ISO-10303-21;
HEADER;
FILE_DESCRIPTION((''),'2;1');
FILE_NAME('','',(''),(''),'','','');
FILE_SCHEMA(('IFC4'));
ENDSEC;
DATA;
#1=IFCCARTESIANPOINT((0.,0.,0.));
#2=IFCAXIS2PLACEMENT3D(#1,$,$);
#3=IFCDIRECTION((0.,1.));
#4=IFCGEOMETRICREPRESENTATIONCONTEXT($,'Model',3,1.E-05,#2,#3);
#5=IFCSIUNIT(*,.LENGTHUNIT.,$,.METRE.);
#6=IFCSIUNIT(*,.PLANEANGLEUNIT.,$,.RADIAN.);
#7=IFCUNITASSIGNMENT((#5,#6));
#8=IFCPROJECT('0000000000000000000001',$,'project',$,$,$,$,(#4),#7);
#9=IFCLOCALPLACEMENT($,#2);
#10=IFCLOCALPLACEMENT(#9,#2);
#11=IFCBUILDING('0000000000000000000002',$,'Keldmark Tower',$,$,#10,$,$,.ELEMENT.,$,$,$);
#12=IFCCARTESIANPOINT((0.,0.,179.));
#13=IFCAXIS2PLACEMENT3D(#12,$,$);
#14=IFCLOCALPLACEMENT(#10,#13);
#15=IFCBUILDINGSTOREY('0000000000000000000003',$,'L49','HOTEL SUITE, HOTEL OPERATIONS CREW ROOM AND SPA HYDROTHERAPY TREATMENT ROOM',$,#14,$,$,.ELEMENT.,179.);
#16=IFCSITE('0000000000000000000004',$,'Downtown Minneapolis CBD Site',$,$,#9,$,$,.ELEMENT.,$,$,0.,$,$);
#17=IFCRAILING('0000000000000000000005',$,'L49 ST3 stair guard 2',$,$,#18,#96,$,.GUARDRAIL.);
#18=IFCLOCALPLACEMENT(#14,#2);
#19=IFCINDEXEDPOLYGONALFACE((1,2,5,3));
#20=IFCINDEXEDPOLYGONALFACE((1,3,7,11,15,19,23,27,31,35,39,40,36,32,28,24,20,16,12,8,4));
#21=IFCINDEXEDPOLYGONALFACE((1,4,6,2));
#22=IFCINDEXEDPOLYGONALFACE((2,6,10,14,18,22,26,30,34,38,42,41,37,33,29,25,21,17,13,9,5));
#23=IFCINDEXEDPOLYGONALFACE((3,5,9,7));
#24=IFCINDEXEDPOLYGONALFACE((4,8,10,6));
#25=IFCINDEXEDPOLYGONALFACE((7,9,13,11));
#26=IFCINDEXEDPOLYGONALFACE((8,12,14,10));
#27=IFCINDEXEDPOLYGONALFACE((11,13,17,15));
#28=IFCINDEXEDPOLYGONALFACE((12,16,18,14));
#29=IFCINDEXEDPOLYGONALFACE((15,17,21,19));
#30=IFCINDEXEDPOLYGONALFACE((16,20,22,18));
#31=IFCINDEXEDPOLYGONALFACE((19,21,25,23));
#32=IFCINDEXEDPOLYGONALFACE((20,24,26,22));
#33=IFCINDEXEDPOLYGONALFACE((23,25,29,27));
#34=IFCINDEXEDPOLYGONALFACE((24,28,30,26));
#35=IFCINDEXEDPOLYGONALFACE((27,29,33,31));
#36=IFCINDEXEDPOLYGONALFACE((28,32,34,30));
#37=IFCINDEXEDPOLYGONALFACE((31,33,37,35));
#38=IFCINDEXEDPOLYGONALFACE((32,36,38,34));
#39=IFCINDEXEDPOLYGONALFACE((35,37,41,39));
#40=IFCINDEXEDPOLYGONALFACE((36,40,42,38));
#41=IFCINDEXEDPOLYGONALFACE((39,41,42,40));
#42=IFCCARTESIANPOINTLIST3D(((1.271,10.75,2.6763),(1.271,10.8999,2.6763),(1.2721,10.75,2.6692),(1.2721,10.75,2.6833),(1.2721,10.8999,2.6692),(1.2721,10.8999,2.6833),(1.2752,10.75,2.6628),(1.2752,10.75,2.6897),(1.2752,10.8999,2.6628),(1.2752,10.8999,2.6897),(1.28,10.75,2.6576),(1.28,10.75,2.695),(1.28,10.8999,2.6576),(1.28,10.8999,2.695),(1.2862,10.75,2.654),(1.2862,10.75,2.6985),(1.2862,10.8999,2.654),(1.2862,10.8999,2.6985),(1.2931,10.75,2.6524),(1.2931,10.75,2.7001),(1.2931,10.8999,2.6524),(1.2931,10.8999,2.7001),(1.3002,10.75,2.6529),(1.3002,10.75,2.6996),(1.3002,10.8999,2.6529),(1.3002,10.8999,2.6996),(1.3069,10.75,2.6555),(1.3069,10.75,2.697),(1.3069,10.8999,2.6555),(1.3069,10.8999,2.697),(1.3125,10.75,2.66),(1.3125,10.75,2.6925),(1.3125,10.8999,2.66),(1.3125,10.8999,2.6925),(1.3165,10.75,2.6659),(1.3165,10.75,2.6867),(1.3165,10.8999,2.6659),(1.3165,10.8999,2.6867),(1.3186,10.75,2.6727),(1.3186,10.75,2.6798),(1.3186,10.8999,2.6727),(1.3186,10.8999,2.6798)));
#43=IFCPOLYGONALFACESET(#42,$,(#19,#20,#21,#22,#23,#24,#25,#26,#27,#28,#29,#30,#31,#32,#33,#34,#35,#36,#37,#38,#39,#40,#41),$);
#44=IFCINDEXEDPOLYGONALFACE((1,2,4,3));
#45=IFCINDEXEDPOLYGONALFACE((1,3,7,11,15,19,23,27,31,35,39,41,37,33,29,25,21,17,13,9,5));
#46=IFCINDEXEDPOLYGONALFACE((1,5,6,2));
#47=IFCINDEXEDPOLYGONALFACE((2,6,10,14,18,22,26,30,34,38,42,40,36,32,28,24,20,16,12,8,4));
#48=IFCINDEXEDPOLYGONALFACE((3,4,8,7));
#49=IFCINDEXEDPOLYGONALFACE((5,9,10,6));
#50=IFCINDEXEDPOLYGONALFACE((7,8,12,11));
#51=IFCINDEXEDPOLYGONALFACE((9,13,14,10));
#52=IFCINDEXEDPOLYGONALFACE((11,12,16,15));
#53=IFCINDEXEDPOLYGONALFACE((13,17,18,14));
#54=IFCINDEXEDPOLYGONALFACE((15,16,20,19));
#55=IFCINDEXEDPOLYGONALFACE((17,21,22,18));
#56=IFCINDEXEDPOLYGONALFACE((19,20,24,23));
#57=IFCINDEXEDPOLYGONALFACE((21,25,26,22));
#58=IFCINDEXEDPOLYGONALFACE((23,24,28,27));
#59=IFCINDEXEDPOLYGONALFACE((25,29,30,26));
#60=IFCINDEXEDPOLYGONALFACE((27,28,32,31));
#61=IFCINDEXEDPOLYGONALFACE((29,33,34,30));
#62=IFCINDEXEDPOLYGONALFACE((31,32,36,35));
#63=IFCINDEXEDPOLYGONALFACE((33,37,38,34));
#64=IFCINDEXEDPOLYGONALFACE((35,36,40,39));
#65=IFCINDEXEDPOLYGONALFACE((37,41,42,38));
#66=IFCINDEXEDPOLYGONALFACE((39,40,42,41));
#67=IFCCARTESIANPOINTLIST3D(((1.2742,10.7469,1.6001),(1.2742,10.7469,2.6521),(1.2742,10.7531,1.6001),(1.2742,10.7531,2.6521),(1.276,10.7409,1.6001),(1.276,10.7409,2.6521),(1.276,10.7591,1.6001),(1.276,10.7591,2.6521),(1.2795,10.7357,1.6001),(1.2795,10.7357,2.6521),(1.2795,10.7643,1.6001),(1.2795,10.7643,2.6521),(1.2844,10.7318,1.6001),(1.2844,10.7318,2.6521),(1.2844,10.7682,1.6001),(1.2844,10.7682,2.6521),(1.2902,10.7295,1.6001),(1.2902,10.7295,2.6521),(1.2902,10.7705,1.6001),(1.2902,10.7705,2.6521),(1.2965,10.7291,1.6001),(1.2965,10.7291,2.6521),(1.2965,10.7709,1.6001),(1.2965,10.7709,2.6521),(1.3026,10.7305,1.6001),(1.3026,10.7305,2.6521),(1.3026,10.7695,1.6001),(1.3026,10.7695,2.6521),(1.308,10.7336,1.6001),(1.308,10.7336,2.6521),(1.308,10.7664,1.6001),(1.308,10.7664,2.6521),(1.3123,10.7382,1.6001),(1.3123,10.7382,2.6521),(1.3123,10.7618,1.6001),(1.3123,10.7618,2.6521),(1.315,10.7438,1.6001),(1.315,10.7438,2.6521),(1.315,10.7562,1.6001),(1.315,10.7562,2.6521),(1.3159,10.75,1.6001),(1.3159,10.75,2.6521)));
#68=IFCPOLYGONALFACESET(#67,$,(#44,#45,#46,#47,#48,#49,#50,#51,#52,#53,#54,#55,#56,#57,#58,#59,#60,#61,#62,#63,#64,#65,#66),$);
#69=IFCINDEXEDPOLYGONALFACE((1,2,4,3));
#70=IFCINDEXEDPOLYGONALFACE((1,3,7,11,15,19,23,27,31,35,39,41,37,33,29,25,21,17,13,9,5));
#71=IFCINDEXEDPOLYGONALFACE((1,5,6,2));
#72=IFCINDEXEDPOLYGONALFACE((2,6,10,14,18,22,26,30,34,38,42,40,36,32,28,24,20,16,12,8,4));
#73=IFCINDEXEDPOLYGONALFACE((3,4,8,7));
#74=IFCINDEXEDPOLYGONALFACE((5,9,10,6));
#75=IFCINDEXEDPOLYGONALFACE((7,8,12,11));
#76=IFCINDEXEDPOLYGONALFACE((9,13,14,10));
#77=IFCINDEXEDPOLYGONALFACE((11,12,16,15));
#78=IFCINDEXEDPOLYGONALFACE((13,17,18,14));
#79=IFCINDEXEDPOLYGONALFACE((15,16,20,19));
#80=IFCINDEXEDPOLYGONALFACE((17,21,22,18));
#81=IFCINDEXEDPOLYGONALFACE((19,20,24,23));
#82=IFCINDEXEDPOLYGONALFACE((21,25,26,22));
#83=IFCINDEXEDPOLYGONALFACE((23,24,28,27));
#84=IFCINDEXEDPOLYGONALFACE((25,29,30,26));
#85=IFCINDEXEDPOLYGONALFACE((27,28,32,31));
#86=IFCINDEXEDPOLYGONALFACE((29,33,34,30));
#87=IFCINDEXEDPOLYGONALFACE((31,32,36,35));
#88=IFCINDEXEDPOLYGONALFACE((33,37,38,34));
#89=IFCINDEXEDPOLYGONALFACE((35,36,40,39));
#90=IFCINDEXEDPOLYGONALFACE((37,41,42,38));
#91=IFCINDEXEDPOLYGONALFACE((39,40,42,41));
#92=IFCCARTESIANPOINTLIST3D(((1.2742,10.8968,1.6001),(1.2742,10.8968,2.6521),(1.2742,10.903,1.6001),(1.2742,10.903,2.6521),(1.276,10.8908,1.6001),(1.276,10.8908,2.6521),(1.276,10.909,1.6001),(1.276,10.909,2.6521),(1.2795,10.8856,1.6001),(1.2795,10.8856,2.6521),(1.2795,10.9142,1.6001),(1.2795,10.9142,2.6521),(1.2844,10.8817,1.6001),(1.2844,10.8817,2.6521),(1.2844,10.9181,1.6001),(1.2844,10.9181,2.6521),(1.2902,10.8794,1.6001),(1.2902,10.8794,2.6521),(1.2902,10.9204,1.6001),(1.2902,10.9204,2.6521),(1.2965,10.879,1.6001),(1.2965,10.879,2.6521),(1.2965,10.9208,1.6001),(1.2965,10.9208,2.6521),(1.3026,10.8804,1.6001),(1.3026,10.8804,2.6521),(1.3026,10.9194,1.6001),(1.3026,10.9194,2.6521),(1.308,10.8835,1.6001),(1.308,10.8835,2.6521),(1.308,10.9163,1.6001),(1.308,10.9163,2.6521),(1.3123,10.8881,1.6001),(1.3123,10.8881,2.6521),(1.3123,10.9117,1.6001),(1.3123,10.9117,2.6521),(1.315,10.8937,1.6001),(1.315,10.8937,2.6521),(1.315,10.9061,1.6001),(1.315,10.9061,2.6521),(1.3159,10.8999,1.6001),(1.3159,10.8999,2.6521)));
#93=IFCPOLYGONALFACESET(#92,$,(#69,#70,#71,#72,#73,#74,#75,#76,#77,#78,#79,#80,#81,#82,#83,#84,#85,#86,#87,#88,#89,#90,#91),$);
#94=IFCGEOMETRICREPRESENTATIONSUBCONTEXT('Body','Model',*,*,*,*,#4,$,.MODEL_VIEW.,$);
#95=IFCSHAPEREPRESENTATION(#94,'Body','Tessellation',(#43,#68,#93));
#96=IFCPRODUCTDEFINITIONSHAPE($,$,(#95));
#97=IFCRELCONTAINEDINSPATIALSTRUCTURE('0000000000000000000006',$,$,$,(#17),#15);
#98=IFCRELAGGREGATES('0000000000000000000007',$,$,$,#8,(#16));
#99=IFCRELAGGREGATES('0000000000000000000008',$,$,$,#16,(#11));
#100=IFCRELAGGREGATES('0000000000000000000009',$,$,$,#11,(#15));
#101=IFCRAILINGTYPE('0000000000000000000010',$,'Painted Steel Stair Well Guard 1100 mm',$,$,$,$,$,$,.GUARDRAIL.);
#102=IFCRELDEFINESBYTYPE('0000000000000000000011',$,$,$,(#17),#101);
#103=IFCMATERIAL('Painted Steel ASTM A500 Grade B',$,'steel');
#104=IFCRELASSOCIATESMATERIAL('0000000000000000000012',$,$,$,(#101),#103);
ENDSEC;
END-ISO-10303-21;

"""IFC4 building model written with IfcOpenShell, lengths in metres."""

from ifc_helpers import new_model, si_unit, direction, frame, origin, origin_2d, place, context, subcontext, project, spatial, circle, extrude, material, type_object, element, save


model = new_model("IFC4")

# Units and contexts
model_context = context("Model", 3, precision=1e-05, world=origin(), true_north=direction((0.0, 1.0)))
body_context = subcontext(model_context, "Body", "Model", "MODEL_VIEW")
ifc_project = project(units=[si_unit("LENGTHUNIT", "METRE"), si_unit("PLANEANGLEUNIT", "RADIAN")], contexts=[model_context])

# Site, building, storey
site_placement = place(None, origin())
site = spatial("IfcSite", under=ifc_project, at=site_placement, Name="Downtown Minneapolis CBD Site", CompositionType="ELEMENT", RefElevation=0.0)
building_placement = place(site_placement, origin())
building = spatial("IfcBuilding", under=site, at=building_placement, Name="Keldmark Tower", CompositionType="ELEMENT")
storey_placement = place(building_placement, frame((0.0, 0.0, 179.0)))
storey = spatial("IfcBuildingStorey", under=building, at=storey_placement, Name="L49", Description="HOTEL SUITE, HOTEL OPERATIONS CREW ROOM AND SPA HYDROTHERAPY TREATMENT ROOM", CompositionType="ELEMENT", Elevation=179.0)

# Railing
ifc_material_1 = material(Name="Painted Steel ASTM A500 Grade B", Category="steel")
railing_type_1 = type_object("IfcRailingType", Name="Painted Steel Stair Well Guard 1100 mm", PredefinedType="GUARDRAIL", material=ifc_material_1)
railing_1_placement = place(storey_placement, frame((1.2949, 10.75, 1.6001)))
element("IfcRailing", 1, at=railing_1_placement, inside=storey, type_object=railing_type_1, Name="L49 ST3 stair guard 2", PredefinedType="GUARDRAIL", context=body_context, shape_type="SweptSolid", body=[
    extrude(circle(Radius=0.0239, at=origin_2d()), frame((0.0, 0.0, 1.0762), z_axis=(0.0, 1.0, 0.0), x_axis=(-1.0, 0.0, 0.0)), (0.0, 0.0, 1.0), 0.1499),
    extrude(circle(Radius=0.021, at=origin_2d()), origin(), (0.0, 0.0, 1.0), 1.052),
    extrude(circle(Radius=0.021, at=origin_2d()), frame((0.0, 0.1499, 0.0)), (0.0, 0.0, 1.0), 1.052),
])

save(model, "model.ifc")
